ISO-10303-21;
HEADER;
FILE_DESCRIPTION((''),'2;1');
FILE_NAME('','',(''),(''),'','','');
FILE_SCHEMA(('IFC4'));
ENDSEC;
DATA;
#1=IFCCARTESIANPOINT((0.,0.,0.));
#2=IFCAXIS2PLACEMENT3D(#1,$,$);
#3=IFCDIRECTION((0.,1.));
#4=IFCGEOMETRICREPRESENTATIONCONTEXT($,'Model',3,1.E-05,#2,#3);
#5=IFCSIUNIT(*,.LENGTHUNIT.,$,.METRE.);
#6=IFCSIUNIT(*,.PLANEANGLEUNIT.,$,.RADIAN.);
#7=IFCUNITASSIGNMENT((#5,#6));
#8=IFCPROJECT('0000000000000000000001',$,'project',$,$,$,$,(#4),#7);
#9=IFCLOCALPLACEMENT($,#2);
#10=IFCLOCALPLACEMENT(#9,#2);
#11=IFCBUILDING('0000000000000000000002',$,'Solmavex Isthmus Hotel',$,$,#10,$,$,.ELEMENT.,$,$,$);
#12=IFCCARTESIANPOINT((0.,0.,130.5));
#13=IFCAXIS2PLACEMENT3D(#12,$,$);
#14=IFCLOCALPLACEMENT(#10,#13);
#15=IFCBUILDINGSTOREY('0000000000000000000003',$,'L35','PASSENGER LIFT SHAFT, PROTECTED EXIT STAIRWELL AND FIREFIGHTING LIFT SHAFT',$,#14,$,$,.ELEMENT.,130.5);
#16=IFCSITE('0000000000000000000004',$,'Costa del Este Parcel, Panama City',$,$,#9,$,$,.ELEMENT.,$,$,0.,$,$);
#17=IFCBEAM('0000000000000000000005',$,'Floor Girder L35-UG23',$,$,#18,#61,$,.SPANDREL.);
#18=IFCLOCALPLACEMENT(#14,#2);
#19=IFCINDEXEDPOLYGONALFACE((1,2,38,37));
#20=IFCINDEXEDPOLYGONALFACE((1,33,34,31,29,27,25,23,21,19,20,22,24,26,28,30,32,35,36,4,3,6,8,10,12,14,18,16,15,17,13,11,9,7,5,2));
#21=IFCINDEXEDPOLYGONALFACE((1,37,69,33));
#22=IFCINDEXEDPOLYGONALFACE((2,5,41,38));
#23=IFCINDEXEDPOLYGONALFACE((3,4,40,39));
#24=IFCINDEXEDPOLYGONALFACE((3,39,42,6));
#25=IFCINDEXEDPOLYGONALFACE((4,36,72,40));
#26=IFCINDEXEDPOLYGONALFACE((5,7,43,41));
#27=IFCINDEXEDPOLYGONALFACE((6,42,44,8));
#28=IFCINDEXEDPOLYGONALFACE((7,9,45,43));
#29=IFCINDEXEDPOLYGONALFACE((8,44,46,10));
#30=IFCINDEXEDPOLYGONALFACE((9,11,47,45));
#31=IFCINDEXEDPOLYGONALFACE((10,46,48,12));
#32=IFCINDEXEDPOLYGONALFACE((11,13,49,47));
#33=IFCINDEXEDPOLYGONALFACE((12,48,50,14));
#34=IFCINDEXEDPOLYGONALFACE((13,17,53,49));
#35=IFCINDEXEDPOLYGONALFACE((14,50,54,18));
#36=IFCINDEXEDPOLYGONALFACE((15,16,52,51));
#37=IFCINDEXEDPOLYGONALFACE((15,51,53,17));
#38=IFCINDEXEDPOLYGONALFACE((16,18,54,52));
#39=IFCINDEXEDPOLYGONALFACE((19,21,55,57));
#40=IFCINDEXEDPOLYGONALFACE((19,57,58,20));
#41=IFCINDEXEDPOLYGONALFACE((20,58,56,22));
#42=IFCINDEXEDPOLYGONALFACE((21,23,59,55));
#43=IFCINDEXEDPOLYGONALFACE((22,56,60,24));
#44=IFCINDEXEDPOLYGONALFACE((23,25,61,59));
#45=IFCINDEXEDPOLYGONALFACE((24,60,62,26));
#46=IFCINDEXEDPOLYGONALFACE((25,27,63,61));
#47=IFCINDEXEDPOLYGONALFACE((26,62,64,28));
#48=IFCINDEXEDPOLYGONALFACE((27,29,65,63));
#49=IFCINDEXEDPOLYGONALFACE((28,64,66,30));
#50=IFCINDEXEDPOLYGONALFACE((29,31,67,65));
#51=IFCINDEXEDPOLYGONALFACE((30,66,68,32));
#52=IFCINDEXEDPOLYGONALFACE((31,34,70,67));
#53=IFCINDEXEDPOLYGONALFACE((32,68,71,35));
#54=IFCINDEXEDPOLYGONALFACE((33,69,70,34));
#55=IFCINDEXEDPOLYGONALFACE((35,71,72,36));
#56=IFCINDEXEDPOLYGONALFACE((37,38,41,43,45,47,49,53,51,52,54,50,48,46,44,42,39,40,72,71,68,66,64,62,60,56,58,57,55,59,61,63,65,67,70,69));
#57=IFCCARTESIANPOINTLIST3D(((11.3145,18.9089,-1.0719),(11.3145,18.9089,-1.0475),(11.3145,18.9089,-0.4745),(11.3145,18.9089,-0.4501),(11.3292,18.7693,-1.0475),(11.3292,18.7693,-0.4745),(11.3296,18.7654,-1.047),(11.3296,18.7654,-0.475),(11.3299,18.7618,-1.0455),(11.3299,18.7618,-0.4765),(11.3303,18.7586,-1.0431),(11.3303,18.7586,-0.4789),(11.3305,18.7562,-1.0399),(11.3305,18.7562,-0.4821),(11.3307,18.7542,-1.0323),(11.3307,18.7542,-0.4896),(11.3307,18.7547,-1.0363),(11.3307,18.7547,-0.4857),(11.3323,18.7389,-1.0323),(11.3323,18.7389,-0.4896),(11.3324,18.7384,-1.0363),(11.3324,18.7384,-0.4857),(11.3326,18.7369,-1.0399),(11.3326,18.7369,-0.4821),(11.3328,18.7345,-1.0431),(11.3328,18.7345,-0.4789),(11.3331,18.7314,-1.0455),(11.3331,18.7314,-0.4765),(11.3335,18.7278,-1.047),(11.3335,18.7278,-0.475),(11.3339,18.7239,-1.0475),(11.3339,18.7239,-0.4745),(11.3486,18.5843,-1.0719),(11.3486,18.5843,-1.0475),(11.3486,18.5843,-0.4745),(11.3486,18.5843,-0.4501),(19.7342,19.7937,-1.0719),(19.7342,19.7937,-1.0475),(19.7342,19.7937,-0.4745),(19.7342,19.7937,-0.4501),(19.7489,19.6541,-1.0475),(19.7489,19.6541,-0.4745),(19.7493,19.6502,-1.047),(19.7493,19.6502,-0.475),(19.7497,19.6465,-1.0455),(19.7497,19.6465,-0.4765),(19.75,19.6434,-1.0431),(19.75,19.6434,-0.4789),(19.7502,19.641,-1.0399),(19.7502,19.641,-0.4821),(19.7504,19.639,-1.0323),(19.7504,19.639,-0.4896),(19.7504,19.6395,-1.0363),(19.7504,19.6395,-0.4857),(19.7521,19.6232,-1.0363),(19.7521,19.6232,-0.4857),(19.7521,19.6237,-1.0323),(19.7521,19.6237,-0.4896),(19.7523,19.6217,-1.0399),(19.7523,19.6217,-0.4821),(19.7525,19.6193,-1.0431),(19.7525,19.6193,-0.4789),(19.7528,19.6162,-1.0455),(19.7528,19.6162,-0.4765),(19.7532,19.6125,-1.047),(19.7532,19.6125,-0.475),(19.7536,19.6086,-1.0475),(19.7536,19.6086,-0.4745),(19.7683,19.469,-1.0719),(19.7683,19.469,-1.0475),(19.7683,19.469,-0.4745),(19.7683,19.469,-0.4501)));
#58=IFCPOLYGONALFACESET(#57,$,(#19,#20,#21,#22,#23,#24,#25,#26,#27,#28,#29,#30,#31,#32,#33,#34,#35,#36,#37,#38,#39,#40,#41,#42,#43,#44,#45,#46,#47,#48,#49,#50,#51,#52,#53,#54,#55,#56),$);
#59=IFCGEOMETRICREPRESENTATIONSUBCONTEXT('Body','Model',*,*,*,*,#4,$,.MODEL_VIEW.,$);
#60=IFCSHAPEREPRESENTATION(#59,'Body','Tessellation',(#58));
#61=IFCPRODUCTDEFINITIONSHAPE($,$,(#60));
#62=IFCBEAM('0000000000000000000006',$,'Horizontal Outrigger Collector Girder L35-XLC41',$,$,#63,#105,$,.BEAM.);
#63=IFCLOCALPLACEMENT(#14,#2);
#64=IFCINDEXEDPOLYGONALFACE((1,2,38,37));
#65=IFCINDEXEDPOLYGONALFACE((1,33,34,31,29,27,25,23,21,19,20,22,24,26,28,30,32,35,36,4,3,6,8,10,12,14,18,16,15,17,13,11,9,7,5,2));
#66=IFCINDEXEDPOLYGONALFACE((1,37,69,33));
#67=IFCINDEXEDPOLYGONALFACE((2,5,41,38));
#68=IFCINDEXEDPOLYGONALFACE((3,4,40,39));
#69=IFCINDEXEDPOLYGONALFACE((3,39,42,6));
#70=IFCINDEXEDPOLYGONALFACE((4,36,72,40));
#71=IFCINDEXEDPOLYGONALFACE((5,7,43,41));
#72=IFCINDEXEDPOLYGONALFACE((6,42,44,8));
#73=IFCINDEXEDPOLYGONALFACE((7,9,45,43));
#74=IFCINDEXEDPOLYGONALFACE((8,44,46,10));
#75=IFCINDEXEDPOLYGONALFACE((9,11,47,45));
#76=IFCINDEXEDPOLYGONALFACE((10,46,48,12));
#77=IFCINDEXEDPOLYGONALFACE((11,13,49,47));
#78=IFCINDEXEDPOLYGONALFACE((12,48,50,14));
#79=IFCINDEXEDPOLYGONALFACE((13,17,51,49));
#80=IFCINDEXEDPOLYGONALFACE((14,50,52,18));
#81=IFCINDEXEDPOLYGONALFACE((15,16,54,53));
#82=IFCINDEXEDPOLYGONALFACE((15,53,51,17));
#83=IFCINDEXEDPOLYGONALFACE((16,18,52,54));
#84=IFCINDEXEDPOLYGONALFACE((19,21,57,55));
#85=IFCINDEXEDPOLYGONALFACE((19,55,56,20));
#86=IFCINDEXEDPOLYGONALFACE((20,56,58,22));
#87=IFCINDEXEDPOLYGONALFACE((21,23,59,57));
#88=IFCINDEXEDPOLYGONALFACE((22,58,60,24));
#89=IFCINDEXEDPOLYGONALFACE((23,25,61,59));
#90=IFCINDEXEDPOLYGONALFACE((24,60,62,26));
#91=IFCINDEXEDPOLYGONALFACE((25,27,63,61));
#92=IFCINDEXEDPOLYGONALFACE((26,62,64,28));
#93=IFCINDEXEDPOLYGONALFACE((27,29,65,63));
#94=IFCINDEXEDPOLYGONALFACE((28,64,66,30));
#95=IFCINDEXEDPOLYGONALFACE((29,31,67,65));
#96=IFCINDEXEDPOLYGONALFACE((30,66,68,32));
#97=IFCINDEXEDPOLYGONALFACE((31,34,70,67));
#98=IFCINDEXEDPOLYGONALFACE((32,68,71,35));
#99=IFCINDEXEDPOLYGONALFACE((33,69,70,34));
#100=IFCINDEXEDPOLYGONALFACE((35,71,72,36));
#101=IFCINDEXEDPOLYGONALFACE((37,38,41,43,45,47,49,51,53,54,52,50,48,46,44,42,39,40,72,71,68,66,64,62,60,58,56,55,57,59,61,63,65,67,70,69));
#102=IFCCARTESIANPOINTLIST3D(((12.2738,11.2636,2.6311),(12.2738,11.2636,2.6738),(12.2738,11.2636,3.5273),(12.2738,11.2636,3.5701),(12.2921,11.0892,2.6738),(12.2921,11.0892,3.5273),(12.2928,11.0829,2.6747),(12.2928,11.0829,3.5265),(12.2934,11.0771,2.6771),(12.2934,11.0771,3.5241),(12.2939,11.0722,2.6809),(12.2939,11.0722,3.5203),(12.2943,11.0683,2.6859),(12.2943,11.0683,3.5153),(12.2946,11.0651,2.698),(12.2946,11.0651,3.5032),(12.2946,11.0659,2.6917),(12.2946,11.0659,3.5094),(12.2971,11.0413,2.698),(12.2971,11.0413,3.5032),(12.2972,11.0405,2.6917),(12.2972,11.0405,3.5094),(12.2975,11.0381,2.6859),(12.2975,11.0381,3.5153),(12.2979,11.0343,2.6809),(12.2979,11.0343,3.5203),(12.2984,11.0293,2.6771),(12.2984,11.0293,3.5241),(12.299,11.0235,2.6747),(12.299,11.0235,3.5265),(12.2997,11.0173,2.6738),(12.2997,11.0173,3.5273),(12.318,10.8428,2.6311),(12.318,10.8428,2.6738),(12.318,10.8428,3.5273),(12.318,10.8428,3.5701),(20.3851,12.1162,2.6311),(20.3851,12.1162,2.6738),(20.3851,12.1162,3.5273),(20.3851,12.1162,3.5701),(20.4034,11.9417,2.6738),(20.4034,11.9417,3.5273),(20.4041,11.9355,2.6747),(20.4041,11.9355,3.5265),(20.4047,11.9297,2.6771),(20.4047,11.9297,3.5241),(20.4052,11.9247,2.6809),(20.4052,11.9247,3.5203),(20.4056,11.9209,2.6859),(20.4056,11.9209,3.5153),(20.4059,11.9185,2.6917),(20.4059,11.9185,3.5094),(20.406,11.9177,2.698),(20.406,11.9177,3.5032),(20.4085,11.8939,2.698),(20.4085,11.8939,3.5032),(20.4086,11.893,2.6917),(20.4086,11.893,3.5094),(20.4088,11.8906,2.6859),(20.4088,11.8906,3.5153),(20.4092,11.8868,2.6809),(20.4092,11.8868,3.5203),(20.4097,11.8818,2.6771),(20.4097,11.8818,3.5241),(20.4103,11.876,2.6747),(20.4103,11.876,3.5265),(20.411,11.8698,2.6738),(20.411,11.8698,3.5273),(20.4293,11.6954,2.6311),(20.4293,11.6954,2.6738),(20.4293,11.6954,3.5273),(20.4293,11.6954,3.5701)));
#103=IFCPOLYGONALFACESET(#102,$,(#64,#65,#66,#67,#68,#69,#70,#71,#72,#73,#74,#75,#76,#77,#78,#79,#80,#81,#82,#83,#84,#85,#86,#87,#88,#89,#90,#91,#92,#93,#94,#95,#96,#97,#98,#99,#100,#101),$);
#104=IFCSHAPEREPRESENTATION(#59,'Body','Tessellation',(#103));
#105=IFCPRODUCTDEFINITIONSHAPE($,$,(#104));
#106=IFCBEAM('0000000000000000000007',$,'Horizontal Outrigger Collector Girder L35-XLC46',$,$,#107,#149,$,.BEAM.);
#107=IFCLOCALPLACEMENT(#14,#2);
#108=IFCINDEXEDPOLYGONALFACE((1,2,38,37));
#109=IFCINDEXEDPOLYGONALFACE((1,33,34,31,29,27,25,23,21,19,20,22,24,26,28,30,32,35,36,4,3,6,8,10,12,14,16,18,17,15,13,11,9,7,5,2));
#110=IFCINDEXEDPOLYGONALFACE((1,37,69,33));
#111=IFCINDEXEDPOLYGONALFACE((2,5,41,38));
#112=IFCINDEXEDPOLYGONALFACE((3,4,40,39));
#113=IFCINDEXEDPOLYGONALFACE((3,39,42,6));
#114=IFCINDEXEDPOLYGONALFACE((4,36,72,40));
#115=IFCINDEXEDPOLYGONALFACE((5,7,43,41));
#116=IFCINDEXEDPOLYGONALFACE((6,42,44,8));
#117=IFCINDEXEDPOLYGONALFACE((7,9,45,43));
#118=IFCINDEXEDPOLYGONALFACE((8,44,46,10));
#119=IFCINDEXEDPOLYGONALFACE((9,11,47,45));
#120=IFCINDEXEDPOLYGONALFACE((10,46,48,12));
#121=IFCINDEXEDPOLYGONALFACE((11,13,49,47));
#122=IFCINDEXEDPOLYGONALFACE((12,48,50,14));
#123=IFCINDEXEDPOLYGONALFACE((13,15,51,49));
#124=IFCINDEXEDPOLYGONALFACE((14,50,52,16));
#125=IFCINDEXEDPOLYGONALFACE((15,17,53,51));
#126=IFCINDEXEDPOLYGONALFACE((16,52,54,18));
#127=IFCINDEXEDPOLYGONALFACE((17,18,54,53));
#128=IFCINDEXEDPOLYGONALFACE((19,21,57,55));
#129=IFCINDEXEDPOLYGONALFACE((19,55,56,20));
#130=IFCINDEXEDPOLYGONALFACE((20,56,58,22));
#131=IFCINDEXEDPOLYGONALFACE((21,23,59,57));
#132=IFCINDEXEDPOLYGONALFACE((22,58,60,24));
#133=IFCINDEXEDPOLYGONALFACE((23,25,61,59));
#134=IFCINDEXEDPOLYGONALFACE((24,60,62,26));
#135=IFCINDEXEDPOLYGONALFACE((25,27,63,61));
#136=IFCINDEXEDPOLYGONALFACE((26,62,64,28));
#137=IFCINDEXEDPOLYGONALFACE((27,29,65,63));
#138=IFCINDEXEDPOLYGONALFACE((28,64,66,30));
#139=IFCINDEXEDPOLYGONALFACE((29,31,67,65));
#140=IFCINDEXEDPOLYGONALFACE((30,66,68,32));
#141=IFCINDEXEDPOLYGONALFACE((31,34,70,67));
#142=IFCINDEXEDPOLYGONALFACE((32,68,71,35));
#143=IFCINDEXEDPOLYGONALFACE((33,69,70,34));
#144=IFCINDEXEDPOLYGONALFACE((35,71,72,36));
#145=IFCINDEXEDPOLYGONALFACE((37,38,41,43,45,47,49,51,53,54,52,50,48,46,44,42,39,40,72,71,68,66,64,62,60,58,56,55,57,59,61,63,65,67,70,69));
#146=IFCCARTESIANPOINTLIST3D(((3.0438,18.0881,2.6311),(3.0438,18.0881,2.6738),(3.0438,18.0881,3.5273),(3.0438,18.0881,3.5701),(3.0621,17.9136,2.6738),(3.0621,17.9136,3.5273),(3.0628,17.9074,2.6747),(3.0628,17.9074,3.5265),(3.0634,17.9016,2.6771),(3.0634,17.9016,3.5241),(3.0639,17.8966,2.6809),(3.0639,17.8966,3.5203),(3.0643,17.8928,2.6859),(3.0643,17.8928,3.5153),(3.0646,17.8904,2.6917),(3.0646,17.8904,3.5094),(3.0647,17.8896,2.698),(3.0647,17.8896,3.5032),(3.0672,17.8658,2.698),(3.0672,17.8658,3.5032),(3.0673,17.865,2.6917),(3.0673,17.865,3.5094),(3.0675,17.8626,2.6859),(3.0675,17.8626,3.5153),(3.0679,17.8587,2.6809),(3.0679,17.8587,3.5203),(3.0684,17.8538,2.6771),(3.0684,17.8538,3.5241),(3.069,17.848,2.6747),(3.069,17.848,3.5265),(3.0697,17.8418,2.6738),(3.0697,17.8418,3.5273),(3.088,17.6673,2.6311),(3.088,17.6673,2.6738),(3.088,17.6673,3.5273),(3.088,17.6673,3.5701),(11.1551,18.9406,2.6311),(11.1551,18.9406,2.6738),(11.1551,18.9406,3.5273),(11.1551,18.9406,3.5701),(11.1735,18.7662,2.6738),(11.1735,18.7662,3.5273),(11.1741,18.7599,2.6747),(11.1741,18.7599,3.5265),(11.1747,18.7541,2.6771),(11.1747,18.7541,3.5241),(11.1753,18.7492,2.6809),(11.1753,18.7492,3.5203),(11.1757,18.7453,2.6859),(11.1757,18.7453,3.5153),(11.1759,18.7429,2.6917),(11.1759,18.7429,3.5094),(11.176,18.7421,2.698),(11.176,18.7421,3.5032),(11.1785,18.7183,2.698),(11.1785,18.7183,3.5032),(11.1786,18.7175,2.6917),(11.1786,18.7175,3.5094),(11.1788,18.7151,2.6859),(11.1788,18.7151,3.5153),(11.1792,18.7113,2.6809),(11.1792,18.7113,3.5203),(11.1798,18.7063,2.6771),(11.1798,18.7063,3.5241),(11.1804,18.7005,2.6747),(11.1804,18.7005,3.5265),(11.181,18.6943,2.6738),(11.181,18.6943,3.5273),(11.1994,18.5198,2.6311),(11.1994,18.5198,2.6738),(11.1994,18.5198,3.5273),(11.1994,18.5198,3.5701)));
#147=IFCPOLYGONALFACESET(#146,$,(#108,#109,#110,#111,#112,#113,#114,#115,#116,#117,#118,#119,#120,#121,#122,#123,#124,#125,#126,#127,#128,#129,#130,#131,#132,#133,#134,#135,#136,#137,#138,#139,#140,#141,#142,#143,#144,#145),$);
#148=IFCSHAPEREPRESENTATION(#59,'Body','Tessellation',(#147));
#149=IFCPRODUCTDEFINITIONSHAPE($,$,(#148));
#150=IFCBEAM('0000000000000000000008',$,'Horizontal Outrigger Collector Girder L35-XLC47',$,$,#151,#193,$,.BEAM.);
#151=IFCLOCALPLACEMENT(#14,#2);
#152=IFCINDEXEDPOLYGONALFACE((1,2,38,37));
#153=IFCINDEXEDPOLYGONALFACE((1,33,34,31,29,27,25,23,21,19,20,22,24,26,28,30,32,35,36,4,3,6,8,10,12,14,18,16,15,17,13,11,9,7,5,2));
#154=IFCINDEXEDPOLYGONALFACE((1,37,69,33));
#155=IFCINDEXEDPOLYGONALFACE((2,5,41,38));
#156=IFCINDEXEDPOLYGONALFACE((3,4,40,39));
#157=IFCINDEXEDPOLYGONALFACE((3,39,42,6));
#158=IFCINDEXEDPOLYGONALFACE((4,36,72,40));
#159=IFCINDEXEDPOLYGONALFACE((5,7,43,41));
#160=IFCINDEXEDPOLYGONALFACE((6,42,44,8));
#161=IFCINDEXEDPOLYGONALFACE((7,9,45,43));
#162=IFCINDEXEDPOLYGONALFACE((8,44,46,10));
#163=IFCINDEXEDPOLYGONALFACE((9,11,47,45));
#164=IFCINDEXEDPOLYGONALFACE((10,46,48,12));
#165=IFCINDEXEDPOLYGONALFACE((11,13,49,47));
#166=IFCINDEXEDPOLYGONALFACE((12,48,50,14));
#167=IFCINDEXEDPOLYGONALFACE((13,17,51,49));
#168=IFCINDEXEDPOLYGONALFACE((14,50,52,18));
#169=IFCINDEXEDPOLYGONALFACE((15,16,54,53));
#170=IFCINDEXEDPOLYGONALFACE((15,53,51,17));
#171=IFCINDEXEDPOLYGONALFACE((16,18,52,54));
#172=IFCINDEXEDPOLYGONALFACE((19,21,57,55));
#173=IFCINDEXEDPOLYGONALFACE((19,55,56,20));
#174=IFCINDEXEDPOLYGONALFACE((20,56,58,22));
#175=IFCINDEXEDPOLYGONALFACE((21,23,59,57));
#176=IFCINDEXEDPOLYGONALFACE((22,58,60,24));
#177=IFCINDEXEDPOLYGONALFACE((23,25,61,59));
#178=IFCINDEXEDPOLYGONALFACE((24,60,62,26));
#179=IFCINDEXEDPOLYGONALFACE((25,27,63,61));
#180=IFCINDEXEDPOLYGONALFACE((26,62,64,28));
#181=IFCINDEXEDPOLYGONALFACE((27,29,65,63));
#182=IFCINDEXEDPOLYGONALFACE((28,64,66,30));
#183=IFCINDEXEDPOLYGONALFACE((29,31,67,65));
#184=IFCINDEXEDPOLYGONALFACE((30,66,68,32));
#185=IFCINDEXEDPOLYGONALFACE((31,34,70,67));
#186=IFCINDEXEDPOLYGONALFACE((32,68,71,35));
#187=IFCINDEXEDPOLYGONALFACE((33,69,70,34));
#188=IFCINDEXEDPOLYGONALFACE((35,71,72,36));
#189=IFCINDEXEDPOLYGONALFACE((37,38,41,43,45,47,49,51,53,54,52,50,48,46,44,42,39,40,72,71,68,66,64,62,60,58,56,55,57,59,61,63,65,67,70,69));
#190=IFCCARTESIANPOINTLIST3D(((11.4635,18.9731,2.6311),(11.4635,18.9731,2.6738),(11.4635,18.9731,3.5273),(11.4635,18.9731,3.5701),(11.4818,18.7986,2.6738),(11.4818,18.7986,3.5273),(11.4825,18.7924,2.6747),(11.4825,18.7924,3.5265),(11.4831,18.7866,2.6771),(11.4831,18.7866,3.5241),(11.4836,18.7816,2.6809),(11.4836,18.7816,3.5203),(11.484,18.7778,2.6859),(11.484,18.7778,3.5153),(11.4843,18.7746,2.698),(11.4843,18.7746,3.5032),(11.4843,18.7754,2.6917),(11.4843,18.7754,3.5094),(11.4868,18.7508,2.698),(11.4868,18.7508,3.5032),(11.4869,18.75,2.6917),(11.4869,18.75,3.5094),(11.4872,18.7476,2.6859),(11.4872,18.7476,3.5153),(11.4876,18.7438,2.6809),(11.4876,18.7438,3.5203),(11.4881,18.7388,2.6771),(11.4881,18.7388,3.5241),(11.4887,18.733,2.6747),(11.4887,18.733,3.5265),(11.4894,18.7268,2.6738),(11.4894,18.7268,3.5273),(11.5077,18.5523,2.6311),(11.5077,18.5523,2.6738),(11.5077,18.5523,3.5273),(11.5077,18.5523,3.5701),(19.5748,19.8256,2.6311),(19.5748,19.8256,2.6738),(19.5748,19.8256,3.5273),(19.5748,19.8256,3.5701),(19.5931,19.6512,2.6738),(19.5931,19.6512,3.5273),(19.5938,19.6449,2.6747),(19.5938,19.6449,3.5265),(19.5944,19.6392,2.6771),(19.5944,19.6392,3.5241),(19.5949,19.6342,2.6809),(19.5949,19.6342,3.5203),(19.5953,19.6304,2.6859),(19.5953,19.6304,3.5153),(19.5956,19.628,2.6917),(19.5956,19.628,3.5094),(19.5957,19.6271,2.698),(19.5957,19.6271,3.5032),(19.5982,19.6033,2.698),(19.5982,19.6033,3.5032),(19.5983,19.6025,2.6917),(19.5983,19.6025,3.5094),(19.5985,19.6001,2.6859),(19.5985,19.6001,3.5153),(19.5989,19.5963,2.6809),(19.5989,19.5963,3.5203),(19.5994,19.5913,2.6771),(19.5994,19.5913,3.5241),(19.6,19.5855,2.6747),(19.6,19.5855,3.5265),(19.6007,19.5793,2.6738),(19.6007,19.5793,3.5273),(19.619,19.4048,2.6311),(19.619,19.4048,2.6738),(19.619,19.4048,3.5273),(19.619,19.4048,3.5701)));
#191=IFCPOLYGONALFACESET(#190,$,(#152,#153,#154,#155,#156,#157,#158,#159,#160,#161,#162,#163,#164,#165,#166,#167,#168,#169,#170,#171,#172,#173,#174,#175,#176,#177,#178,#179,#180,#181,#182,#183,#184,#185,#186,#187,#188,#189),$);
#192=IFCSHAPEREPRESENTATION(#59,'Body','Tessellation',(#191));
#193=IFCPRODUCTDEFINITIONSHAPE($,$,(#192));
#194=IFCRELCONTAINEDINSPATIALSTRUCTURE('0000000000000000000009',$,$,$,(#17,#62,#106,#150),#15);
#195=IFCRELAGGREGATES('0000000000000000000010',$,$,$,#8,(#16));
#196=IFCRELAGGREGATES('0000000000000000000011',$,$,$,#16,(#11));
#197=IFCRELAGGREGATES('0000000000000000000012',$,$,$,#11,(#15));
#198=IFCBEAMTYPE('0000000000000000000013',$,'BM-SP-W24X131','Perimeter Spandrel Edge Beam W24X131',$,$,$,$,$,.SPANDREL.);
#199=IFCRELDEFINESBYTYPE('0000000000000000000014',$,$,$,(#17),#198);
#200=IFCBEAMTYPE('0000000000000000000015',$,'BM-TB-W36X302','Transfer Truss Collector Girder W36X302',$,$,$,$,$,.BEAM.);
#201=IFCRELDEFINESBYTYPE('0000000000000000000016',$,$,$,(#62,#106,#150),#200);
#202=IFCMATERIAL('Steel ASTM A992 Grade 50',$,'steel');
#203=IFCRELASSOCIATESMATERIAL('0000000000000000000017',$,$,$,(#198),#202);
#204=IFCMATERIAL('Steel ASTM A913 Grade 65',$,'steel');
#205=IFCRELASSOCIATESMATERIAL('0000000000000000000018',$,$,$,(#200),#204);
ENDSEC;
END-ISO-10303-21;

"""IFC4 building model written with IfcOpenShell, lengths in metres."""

from ifc_helpers import new_model, si_unit, direction, frame, origin, origin_2d, place, context, subcontext, project, spatial, i_section, extrude, material, material_profile, profile_set, type_object, element, save


model = new_model("IFC4")

# Units and contexts
model_context = context("Model", 3, precision=1e-05, world=origin(), true_north=direction((0.0, 1.0)))
body_context = subcontext(model_context, "Body", "Model", "MODEL_VIEW")
ifc_project = project(units=[si_unit("LENGTHUNIT", "METRE"), si_unit("PLANEANGLEUNIT", "RADIAN")], contexts=[model_context])

# Site, building, storey
site_placement = place(None, origin())
site = spatial("IfcSite", under=ifc_project, at=site_placement, Name="Costa del Este Parcel, Panama City", CompositionType="ELEMENT", RefElevation=0.0)
building_placement = place(site_placement, origin())
building = spatial("IfcBuilding", under=site, at=building_placement, Name="Solmavex Isthmus Hotel", CompositionType="ELEMENT")
storey_placement = place(building_placement, frame((0.0, 0.0, 130.5)))
storey = spatial("IfcBuildingStorey", under=building, at=storey_placement, Name="L35", Description="PASSENGER LIFT SHAFT, PROTECTED EXIT STAIRWELL AND FIREFIGHTING LIFT SHAFT", CompositionType="ELEMENT", Elevation=130.5)

# Shared definitions
ifc_material_1 = material(Name="Steel ASTM A913 Grade 65", Category="steel")

# Beams
ifc_material_2 = material(Name="Steel ASTM A992 Grade 50", Category="steel")
ifc_material_profile_1 = material_profile(ifc_material_2, i_section(OverallWidth=0.3264, OverallDepth=0.6218, WebThickness=0.0154, FlangeThickness=0.0244, FilletRadius=0.0151, at=origin_2d()), Name="W24X131")
ifc_profile_set_1 = profile_set([ifc_material_profile_1], Name="Steel ASTM A992 Grade 50")
beam_type_1 = type_object("IfcBeamType", Name="BM-SP-W24X131", Description="Perimeter Spandrel Edge Beam W24X131", PredefinedType="SPANDREL", material=ifc_profile_set_1)
for number, where, z_axis, x_axis, name in (
    (1, (11.3315, 18.7466, -0.761), (0.994524, 0.104508, 0.0), (-0.104508, 0.994524, 0.0), "Floor Girder L35-UG23"),
):
    element("IfcBeam", number, at=place(storey_placement, frame(where, z_axis=z_axis, x_axis=x_axis)), inside=storey, type_object=beam_type_1, Name=name, PredefinedType="SPANDREL", context=body_context, shape_type="SweptSolid", body=[
        extrude(i_section(OverallWidth=0.3264, OverallDepth=0.6218, WebThickness=0.0154, FlangeThickness=0.0244, FilletRadius=0.0151, at=origin_2d()), origin(), (0.0, 0.0, 1.0), 8.4661),
    ])
ifc_material_profile_2 = material_profile(ifc_material_1, i_section(OverallWidth=0.4231, OverallDepth=0.939, WebThickness=0.0239, FlangeThickness=0.0427, FilletRadius=0.0242, at=origin_2d()), Name="W36X302")
ifc_profile_set_2 = profile_set([ifc_material_profile_2], Name="Steel ASTM A913 Grade 65")
beam_type_2 = type_object("IfcBeamType", Name="BM-TB-W36X302", Description="Transfer Truss Collector Girder W36X302", PredefinedType="BEAM", material=ifc_profile_set_2)
for number, where, z_axis, x_axis, name in (
    (2, (12.2959, 11.0532, 3.1006), (0.994522, 0.104529, 0.0), (-0.104529, 0.994522, 0.0), "Horizontal Outrigger Collector Girder L35-XLC41"),
    (3, (3.0659, 17.8777, 3.1006), (0.994522, 0.104529, 0.0), (-0.104529, 0.994522, 0.0), "Horizontal Outrigger Collector Girder L35-XLC46"),
    (4, (11.4856, 18.7627, 3.1006), (0.994522, 0.104529, 0.0), (-0.104529, 0.994522, 0.0), "Horizontal Outrigger Collector Girder L35-XLC47"),
):
    element("IfcBeam", number, at=place(storey_placement, frame(where, z_axis=z_axis, x_axis=x_axis)), inside=storey, type_object=beam_type_2, Name=name, PredefinedType="BEAM", context=body_context, shape_type="SweptSolid", body=[
        extrude(i_section(OverallWidth=0.4231, OverallDepth=0.939, WebThickness=0.0239, FlangeThickness=0.0427, FilletRadius=0.0242, at=origin_2d()), origin(), (0.0, 0.0, 1.0), 8.156),
    ])

save(model, "model.ifc")
